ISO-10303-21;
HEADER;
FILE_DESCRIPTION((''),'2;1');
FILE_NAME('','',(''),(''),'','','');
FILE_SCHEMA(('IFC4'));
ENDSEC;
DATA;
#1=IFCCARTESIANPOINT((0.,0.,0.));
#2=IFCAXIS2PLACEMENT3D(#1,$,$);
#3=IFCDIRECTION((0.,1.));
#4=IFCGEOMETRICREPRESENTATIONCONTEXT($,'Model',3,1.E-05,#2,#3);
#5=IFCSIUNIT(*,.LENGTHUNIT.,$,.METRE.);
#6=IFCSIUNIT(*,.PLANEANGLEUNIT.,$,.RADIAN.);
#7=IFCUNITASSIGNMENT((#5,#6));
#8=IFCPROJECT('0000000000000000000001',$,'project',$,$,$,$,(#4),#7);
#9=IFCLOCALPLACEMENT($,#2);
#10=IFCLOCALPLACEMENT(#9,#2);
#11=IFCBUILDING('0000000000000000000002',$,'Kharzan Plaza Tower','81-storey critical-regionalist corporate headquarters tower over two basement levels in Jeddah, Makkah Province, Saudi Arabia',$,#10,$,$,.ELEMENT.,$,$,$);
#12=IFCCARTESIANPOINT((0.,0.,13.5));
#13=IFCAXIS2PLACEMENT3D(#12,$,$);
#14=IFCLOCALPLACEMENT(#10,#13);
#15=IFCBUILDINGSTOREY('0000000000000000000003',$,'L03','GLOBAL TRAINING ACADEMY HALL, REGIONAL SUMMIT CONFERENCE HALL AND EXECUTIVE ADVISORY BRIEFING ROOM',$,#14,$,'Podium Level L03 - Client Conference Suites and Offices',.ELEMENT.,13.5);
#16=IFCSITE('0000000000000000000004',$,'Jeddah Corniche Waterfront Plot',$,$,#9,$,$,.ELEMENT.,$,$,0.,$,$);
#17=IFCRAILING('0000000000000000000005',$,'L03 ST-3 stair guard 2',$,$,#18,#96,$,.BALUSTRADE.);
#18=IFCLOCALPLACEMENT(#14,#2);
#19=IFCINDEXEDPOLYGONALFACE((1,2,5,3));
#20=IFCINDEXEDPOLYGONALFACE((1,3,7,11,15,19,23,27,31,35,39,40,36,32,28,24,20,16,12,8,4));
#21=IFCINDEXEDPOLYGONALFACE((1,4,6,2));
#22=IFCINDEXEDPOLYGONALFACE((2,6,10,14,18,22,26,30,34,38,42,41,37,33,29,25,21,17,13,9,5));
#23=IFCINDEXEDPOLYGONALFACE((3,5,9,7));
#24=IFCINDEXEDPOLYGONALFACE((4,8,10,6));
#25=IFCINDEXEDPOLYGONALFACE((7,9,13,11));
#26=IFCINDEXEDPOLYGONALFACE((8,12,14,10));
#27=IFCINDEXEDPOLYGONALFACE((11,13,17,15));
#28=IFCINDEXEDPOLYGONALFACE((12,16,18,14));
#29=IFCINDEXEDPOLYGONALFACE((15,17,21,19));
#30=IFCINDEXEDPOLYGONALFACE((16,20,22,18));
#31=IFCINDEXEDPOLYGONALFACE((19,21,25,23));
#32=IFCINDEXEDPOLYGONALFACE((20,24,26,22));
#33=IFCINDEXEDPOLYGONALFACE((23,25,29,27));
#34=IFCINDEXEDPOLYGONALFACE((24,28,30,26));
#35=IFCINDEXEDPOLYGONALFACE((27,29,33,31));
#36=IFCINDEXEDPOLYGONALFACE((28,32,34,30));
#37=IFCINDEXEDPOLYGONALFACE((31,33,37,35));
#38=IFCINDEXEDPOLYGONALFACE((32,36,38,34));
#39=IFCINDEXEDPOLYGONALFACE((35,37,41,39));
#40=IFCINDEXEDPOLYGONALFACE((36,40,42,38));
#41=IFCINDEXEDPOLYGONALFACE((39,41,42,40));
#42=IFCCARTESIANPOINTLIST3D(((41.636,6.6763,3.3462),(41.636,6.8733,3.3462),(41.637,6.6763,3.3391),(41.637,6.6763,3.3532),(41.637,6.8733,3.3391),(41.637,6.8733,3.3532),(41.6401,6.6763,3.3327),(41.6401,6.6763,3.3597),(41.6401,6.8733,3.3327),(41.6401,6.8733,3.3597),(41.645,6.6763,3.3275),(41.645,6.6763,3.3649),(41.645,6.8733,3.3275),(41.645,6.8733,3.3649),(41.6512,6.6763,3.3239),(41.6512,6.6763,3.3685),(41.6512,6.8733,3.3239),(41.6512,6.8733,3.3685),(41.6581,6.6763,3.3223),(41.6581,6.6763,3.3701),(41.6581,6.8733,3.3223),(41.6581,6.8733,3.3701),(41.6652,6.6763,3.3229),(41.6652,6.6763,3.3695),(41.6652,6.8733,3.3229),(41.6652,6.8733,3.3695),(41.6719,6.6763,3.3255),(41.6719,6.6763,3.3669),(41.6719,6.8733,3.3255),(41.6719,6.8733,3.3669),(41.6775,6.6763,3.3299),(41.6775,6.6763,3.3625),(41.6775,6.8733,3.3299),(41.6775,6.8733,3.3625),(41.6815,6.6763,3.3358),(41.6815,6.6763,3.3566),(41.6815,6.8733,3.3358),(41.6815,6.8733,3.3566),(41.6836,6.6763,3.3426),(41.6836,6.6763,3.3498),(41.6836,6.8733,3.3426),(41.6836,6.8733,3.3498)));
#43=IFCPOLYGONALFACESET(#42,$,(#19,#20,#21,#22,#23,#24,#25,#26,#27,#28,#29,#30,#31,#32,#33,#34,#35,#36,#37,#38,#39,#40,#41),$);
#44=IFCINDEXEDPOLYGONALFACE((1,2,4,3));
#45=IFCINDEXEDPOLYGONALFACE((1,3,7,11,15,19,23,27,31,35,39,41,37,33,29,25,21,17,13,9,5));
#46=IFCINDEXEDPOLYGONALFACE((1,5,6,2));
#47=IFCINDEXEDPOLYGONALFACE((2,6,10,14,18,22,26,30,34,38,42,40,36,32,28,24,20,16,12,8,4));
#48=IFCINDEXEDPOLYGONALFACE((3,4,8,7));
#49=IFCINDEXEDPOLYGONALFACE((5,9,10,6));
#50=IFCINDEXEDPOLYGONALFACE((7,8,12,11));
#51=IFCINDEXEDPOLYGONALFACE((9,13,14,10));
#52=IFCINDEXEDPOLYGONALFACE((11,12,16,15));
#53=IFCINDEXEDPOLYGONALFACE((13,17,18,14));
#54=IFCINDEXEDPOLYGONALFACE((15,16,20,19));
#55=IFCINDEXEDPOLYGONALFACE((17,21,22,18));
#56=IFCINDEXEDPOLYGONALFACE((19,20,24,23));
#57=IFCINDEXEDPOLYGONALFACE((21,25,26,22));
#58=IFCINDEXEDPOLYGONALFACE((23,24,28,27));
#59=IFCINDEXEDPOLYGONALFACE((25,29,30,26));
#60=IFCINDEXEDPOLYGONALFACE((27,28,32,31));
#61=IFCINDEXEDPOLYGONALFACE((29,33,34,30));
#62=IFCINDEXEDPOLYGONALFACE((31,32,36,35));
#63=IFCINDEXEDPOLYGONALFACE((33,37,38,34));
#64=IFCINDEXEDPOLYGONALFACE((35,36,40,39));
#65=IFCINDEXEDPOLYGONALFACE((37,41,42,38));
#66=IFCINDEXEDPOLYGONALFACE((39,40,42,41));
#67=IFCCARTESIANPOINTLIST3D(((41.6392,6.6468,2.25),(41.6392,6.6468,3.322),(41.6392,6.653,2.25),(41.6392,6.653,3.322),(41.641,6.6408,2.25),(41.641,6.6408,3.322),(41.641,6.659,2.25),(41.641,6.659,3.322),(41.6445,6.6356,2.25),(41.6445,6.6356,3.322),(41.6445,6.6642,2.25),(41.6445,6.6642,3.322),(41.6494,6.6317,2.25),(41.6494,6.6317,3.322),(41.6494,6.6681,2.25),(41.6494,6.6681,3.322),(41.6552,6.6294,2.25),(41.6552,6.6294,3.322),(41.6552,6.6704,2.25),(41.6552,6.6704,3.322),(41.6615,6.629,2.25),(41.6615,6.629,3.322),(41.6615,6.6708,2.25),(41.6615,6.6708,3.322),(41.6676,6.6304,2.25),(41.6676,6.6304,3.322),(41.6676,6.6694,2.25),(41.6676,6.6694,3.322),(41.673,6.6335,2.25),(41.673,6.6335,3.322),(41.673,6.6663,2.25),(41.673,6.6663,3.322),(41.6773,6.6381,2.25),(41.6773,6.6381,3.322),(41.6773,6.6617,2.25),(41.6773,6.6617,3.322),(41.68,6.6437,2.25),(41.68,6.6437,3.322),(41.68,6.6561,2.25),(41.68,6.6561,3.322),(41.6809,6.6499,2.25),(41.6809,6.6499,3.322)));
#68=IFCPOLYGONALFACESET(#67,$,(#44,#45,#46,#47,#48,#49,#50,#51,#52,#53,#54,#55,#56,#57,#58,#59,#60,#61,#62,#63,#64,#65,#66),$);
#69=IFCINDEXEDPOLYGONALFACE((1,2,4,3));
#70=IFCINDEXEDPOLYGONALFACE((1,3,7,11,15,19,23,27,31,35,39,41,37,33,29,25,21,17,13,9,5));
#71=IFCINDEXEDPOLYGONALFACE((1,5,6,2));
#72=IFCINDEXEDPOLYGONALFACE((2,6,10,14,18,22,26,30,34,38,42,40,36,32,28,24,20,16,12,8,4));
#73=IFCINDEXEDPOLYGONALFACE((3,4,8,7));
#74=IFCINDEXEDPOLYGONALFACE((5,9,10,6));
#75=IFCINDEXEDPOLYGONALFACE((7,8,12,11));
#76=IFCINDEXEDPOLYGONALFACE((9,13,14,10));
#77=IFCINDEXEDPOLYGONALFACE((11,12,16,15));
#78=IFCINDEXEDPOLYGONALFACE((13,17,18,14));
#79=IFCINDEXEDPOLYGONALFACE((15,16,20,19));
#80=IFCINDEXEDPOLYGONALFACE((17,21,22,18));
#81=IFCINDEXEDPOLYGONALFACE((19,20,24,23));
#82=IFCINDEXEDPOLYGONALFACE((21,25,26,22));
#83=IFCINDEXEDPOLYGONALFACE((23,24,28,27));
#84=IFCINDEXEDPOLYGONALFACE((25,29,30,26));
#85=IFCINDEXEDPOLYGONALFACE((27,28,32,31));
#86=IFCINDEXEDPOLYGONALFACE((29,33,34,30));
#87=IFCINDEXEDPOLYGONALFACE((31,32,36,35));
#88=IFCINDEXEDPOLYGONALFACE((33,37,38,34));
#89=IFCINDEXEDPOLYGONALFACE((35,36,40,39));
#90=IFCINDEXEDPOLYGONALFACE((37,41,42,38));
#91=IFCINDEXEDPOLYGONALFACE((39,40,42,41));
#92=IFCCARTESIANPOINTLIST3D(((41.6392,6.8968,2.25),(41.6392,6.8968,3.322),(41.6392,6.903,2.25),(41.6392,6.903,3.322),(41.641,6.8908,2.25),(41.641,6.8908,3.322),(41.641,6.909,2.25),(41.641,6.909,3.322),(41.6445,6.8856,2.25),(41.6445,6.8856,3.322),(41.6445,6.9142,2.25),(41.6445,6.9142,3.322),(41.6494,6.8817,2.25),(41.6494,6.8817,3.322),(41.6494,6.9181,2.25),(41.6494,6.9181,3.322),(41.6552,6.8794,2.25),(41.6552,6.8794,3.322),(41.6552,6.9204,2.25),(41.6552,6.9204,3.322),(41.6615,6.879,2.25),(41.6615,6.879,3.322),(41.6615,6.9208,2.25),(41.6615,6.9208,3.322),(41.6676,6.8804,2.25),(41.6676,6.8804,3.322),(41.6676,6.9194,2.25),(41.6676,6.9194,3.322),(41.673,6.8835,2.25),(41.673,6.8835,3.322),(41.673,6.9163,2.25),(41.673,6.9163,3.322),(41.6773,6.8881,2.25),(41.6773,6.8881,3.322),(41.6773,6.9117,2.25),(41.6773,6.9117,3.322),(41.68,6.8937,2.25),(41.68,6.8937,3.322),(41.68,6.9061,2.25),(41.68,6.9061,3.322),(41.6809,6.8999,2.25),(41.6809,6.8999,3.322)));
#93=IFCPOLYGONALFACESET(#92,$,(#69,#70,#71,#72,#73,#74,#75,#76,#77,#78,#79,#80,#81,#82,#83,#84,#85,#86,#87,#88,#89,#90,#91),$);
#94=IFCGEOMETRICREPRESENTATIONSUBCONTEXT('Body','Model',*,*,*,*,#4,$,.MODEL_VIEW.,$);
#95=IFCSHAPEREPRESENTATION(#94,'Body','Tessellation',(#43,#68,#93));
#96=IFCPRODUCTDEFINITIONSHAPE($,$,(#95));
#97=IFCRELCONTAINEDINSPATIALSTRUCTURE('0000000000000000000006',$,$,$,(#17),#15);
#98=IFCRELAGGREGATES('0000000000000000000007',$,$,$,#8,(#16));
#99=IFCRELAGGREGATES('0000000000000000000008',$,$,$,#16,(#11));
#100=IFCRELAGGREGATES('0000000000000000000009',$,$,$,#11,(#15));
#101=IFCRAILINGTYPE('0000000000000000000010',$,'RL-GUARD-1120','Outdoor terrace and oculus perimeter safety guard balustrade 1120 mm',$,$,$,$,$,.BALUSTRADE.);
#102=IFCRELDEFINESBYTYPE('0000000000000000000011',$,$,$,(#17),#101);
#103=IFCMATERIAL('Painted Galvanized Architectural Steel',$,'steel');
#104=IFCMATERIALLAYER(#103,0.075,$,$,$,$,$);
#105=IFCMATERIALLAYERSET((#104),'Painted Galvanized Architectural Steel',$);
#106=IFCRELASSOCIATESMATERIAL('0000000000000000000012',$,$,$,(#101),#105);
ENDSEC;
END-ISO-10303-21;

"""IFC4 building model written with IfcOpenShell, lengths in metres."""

from ifc_helpers import new_model, si_unit, direction, frame, origin, origin_2d, place, context, subcontext, project, spatial, circle, extrude, source, transform, mapped, material, layer, layer_set, type_object, element, save


model = new_model("IFC4")

# Units and contexts
model_context = context("Model", 3, precision=1e-05, world=origin(), true_north=direction((0.0, 1.0)))
body_context = subcontext(model_context, "Body", "Model", "MODEL_VIEW")
ifc_project = project(units=[si_unit("LENGTHUNIT", "METRE"), si_unit("PLANEANGLEUNIT", "RADIAN")], contexts=[model_context])

# Site, building, storey
site_placement = place(None, origin())
site = spatial("IfcSite", under=ifc_project, at=site_placement, Name="Jeddah Corniche Waterfront Plot", CompositionType="ELEMENT", RefElevation=0.0)
building_placement = place(site_placement, origin())
building = spatial("IfcBuilding", under=site, at=building_placement, Name="Kharzan Plaza Tower", Description="81-storey critical-regionalist corporate headquarters tower over two basement levels in Jeddah, Makkah Province, Saudi Arabia", CompositionType="ELEMENT")
storey_placement = place(building_placement, frame((0.0, 0.0, 13.5)))
storey = spatial("IfcBuildingStorey", under=building, at=storey_placement, Name="L03", Description="GLOBAL TRAINING ACADEMY HALL, REGIONAL SUMMIT CONFERENCE HALL AND EXECUTIVE ADVISORY BRIEFING ROOM", LongName="Podium Level L03 - Client Conference Suites and Offices", CompositionType="ELEMENT", Elevation=13.5)

# Railing
ifc_material_1 = material(Name="Painted Galvanized Architectural Steel", Category="steel")
ifc_layer_1 = layer(ifc_material_1, 0.075)
ifc_layer_set_1 = layer_set([ifc_layer_1], Name="Painted Galvanized Architectural Steel")
railing_type_1 = type_object("IfcRailingType", Name="RL-GUARD-1120", Description="Outdoor terrace and oculus perimeter safety guard balustrade 1120 mm", PredefinedType="BALUSTRADE", material=ifc_layer_set_1)
shared_shape_1 = source(origin(), body_context, "Body", "SweptSolid", [
    extrude(circle(Radius=0.0239, at=origin_2d()), frame((0.0, 0.0264, 1.0962), z_axis=(0.0, 1.0, 0.0), x_axis=(-1.0, 0.0, 0.0)), (0.0, 0.0, 1.0), 0.197),
    extrude(circle(Radius=0.021, at=origin_2d()), origin(), (0.0, 0.0, 1.0), 1.072),
    extrude(circle(Radius=0.021, at=origin_2d()), frame((0.0, 0.25, 0.0)), (0.0, 0.0, 1.0), 1.072),
])
railing_1_placement = place(storey_placement, frame((41.6599, 6.6499, 2.25)))
element("IfcRailing", 1, at=railing_1_placement, inside=storey, type_object=railing_type_1, Name="L03 ST-3 stair guard 2", PredefinedType="BALUSTRADE", context=body_context, shape_type="MappedRepresentation", body=[
    mapped(shared_shape_1, transform((0.0, 0.0, 0.0), x_axis=(1.0, 0.0, 0.0), y_axis=(0.0, 1.0, 0.0), z_axis=(0.0, 0.0, 1.0))),
])

save(model, "model.ifc")
